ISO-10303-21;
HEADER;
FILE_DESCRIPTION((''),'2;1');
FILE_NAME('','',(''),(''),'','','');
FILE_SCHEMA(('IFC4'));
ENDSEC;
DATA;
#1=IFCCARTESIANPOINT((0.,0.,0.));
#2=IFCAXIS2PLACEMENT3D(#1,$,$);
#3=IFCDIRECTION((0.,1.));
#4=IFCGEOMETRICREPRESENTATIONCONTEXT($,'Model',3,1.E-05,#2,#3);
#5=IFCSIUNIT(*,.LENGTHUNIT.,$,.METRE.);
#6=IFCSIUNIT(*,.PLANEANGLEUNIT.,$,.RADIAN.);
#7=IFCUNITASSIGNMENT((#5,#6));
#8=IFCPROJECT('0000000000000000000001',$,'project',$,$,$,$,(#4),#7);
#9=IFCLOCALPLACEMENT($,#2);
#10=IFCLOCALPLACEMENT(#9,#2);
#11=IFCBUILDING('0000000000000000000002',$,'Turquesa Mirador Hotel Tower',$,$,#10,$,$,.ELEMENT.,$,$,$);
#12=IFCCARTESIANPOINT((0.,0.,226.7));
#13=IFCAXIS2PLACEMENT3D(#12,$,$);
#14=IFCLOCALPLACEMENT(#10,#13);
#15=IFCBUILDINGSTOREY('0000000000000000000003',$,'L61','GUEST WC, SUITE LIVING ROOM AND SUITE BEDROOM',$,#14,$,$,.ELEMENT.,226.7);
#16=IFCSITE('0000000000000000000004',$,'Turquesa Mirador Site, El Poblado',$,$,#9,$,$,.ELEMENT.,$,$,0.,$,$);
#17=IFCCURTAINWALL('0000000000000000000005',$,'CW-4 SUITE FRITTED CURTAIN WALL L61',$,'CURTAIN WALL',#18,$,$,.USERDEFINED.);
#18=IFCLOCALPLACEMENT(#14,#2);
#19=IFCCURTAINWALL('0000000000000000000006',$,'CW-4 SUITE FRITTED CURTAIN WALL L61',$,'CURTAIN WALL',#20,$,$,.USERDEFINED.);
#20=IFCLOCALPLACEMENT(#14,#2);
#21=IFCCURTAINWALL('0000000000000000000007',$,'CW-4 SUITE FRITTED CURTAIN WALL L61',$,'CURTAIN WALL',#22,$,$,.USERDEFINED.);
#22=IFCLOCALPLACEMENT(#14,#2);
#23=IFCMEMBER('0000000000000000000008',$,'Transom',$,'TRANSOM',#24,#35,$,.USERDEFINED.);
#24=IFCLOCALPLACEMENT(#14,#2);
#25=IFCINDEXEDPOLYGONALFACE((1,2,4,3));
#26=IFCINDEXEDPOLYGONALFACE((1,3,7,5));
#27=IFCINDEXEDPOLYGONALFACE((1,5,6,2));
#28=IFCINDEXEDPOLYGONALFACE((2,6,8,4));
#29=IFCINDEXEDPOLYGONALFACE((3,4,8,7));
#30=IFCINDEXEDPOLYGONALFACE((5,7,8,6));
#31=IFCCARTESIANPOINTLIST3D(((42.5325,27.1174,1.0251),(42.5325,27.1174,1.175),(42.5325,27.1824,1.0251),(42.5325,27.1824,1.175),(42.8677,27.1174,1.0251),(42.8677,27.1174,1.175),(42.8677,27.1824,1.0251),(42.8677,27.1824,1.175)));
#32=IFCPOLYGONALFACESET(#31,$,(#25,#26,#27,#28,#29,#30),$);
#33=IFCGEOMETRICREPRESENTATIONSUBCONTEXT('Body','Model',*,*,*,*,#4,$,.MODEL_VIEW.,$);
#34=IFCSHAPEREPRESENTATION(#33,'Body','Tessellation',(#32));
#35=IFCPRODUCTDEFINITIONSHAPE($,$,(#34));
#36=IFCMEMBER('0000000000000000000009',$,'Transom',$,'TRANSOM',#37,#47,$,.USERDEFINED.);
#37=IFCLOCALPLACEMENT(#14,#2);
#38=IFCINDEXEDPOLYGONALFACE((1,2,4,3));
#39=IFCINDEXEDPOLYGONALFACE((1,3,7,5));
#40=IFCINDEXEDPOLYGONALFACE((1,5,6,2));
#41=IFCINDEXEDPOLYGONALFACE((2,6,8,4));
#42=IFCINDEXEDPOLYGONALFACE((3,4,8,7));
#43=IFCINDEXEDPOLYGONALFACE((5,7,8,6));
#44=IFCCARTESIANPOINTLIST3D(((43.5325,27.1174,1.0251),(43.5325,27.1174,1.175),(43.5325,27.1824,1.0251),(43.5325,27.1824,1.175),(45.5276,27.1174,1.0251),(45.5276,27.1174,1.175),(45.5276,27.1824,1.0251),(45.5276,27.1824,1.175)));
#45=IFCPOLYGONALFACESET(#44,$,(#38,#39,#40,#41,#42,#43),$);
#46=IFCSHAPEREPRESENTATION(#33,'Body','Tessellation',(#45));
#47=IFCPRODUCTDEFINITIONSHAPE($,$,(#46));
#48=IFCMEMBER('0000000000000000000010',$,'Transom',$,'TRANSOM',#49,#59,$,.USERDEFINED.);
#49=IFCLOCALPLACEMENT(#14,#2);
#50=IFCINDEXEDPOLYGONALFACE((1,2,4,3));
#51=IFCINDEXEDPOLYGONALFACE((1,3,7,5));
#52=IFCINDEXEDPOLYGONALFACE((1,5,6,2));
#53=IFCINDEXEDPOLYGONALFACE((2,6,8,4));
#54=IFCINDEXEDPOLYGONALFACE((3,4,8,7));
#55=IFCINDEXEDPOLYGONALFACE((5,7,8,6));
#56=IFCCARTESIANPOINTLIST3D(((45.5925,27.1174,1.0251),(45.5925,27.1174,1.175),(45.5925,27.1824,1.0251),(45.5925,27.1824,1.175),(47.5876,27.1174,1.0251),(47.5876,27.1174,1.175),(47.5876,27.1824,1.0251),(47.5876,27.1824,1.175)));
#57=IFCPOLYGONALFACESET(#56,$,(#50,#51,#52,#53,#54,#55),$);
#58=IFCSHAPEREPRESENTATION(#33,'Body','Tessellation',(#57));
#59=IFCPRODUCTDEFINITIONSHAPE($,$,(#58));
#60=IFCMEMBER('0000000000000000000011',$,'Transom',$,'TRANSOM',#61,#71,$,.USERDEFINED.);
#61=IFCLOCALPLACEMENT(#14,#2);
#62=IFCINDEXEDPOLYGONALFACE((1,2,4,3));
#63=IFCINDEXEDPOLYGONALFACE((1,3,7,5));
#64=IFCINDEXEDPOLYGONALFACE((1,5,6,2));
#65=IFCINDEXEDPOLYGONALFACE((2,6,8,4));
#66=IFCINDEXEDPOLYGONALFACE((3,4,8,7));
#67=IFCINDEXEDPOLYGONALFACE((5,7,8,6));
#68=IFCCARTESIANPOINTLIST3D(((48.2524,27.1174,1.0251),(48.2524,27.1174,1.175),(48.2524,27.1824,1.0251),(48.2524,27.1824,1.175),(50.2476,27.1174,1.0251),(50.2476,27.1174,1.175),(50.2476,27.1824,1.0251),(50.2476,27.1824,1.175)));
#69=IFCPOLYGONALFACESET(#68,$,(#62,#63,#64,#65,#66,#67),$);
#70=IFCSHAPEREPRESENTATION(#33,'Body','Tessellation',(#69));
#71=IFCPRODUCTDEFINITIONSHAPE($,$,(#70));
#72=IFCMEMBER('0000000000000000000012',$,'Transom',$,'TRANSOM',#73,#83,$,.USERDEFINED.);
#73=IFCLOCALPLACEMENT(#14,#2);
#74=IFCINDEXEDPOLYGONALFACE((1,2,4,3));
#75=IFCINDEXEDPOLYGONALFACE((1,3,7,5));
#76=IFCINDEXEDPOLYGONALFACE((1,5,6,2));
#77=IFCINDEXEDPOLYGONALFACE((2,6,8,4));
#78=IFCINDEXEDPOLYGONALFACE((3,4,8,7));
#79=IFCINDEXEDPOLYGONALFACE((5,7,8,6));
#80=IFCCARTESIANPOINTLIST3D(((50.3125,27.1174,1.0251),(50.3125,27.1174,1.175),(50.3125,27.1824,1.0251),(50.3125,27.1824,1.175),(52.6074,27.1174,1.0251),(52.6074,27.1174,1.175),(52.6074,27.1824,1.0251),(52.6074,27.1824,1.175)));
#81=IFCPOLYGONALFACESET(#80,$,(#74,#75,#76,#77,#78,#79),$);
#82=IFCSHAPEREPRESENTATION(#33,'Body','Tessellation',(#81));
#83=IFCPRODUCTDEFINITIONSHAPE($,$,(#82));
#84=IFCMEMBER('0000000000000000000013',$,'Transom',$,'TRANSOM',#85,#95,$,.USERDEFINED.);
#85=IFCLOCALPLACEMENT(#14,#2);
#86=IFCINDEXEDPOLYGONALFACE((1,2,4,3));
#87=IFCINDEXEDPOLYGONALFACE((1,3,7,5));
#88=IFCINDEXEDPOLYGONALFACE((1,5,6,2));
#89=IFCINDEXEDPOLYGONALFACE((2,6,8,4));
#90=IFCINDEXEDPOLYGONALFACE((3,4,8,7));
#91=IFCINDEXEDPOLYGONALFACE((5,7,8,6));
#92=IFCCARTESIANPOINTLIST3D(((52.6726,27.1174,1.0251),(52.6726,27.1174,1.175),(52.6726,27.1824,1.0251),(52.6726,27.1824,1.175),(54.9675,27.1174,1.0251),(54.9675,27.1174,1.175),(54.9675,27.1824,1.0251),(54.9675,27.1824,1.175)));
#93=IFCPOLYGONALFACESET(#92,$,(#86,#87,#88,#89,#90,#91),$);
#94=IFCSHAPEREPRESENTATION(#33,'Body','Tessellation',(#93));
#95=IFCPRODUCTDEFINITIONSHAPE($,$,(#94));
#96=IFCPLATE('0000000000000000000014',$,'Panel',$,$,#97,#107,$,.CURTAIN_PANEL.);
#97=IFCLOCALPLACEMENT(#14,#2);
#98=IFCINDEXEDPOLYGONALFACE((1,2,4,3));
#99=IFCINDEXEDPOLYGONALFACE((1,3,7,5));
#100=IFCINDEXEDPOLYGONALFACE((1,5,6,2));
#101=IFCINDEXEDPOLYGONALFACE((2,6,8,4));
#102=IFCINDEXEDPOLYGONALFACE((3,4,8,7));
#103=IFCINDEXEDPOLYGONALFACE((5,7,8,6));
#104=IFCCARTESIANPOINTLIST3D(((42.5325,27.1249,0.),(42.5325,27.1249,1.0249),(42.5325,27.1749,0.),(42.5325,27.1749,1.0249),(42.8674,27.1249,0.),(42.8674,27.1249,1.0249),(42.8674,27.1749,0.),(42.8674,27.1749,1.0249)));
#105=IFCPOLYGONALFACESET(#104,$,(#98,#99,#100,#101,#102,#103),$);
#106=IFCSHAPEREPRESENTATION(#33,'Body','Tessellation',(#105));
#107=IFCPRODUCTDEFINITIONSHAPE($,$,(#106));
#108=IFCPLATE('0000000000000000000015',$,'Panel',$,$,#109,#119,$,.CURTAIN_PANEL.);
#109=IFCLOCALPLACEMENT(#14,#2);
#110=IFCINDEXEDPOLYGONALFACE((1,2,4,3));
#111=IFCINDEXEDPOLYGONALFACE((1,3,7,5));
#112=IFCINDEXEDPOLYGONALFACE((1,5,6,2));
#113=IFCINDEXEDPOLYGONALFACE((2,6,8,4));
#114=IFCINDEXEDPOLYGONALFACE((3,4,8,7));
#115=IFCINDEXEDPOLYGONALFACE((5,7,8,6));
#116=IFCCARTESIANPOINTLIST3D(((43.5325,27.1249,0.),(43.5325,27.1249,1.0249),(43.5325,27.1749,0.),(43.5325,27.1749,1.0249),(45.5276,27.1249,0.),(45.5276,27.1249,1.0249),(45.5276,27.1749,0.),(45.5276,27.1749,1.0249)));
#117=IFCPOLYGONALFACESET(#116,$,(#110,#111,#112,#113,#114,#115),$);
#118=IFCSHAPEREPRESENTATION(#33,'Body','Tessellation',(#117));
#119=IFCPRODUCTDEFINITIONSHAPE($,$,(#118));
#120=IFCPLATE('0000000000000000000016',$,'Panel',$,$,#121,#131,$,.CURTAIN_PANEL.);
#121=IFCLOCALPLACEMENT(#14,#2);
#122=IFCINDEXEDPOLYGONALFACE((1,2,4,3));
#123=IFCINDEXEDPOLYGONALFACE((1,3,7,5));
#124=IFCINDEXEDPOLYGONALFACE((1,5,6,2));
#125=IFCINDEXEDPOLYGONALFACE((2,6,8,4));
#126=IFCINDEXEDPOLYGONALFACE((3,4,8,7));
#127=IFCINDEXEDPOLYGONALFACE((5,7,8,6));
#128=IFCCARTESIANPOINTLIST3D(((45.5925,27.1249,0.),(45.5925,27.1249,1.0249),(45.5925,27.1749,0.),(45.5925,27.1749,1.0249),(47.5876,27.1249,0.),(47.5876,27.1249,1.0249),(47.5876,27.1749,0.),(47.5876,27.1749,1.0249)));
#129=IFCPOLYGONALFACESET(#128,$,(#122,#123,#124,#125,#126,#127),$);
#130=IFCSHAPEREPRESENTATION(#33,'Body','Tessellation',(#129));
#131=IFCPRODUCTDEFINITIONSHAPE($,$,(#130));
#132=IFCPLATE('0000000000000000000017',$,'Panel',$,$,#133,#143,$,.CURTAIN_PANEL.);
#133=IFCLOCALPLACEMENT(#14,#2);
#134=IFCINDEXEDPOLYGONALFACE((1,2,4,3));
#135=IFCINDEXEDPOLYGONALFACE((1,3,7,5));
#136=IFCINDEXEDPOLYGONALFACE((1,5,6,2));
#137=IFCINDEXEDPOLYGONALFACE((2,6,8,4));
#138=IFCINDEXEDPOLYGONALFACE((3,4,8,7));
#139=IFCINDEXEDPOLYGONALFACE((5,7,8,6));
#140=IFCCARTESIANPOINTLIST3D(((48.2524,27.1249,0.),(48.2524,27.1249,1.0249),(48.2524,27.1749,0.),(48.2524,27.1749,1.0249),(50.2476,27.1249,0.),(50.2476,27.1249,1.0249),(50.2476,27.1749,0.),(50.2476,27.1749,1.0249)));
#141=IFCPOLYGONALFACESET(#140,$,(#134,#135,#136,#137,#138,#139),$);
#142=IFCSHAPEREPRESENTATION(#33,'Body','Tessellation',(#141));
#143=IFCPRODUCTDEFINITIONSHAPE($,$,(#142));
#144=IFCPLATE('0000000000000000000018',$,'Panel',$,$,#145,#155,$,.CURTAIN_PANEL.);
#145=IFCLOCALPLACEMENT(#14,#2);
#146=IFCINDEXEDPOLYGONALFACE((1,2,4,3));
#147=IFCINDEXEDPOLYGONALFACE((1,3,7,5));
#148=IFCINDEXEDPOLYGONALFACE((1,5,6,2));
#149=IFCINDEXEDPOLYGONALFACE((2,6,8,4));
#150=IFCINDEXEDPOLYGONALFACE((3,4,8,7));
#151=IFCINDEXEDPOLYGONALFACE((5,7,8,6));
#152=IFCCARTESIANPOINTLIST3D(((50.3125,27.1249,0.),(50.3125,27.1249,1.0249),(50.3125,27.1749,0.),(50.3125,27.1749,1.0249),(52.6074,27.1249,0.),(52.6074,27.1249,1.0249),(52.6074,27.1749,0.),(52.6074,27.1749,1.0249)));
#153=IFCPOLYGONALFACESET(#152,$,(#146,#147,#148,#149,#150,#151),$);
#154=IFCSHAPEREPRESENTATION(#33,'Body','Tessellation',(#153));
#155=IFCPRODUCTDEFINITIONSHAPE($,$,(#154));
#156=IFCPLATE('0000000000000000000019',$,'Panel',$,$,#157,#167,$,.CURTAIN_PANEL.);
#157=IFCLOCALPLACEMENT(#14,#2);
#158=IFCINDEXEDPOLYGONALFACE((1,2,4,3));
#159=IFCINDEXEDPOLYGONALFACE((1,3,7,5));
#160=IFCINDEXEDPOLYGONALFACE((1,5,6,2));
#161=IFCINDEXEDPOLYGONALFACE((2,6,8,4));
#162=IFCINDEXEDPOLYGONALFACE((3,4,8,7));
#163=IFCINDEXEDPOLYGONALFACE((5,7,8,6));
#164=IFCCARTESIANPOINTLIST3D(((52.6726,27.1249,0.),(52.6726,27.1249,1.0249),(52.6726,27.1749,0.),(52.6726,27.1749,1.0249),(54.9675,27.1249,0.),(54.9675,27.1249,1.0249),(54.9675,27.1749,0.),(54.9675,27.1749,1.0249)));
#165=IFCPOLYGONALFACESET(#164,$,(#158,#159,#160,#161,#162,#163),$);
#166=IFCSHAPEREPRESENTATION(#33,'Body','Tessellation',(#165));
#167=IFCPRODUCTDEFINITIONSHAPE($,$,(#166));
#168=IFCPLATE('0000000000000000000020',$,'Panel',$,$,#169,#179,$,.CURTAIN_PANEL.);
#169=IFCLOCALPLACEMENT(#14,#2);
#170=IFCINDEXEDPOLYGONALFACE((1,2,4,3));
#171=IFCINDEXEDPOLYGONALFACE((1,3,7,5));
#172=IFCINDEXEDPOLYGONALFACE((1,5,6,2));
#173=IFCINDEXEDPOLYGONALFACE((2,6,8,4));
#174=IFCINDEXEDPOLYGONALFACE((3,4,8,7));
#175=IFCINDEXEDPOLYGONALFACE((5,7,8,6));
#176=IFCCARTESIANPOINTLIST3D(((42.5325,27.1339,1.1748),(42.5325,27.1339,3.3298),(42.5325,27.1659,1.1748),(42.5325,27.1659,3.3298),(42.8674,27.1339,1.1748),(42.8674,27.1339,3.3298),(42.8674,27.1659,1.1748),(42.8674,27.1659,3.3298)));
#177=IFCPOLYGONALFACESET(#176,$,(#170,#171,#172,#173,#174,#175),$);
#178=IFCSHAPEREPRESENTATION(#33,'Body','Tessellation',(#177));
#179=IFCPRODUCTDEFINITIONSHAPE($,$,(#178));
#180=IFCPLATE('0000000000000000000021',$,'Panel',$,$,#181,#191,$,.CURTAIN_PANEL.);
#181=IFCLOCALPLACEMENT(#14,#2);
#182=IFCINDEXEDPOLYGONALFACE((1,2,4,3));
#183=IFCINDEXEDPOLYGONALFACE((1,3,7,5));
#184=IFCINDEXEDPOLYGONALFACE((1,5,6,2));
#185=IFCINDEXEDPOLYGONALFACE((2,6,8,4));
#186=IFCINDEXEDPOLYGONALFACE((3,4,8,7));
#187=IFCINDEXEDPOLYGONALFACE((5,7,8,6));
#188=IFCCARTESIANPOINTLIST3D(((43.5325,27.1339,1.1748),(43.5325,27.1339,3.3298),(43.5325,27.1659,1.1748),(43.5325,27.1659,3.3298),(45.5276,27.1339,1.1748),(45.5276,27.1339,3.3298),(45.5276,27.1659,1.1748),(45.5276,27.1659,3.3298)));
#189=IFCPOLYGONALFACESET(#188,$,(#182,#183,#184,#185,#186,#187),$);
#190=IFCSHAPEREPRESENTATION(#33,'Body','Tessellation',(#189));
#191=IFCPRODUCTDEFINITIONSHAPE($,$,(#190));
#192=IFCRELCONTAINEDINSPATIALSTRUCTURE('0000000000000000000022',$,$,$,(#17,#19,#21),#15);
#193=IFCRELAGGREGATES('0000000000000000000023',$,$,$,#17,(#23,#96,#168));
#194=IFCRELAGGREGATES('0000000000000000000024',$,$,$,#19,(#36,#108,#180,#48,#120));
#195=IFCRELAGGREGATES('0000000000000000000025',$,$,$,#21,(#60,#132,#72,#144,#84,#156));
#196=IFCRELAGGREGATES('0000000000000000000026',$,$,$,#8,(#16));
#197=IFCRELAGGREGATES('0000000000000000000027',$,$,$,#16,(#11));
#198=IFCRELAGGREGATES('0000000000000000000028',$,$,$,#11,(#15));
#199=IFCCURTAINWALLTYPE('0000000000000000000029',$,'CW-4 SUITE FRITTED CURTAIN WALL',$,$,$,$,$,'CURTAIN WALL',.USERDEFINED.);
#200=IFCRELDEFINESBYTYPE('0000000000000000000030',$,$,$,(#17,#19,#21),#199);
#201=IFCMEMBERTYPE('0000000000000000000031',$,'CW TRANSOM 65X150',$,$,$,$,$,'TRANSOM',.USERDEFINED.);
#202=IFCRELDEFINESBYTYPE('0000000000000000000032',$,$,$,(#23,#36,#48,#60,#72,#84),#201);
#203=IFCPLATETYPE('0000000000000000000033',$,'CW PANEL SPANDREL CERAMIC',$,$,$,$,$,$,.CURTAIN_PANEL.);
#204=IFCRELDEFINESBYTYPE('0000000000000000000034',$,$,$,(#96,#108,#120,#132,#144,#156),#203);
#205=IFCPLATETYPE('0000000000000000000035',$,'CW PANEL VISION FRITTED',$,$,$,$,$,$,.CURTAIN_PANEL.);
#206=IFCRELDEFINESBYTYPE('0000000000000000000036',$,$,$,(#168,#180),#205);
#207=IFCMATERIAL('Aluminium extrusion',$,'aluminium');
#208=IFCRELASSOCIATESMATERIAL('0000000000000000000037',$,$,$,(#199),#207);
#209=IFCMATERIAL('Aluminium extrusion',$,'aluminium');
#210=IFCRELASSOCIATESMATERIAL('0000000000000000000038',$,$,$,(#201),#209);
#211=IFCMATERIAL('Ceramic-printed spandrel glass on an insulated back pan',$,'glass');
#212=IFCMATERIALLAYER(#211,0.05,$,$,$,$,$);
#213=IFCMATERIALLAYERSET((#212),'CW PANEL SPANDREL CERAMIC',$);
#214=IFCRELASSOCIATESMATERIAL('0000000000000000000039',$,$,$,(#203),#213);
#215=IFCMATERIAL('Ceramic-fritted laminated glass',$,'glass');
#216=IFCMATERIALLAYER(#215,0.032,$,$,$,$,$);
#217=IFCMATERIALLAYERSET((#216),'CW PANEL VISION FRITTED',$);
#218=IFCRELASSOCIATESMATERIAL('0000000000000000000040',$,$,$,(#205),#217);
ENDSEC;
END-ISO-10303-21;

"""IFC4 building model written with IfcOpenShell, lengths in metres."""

from ifc_helpers import new_model, si_unit, direction, frame, origin, origin_2d, place, context, subcontext, project, spatial, rectangle, extrude, material, layer, layer_set, material_profile, profile_set, type_object, element, aggregate, save


model = new_model("IFC4")

# Units and contexts
model_context = context("Model", 3, precision=1e-05, world=origin(), true_north=direction((0.0, 1.0)))
body_context = subcontext(model_context, "Body", "Model", "MODEL_VIEW")
ifc_project = project(units=[si_unit("LENGTHUNIT", "METRE"), si_unit("PLANEANGLEUNIT", "RADIAN")], contexts=[model_context])

# Site, building, storey
site_placement = place(None, origin())
site = spatial("IfcSite", under=ifc_project, at=site_placement, Name="Turquesa Mirador Site, El Poblado", CompositionType="ELEMENT", RefElevation=0.0)
building_placement = place(site_placement, origin())
building = spatial("IfcBuilding", under=site, at=building_placement, Name="Turquesa Mirador Hotel Tower", CompositionType="ELEMENT")
storey_placement = place(building_placement, frame((0.0, 0.0, 226.7)))
storey = spatial("IfcBuildingStorey", under=building, at=storey_placement, Name="L61", Description="GUEST WC, SUITE LIVING ROOM AND SUITE BEDROOM", CompositionType="ELEMENT", Elevation=226.7)

# Curtain walls
ifc_material_1 = material(Name="Aluminium extrusion", Category="aluminium")
curtain_wall_type = type_object("IfcCurtainWallType", Name="CW-4 SUITE FRITTED CURTAIN WALL", ElementType="CURTAIN WALL", PredefinedType="USERDEFINED", material=ifc_material_1)
curtain_wall_1_placement = place(storey_placement, origin())
curtain_wall_1 = element("IfcCurtainWall", 1, at=curtain_wall_1_placement, inside=storey, type_object=curtain_wall_type, Name="CW-4 SUITE FRITTED CURTAIN WALL L61", ObjectType="CURTAIN WALL", PredefinedType="USERDEFINED")
curtain_wall_2_placement = place(storey_placement, origin())
curtain_wall_2 = element("IfcCurtainWall", 2, at=curtain_wall_2_placement, inside=storey, type_object=curtain_wall_type, Name="CW-4 SUITE FRITTED CURTAIN WALL L61", ObjectType="CURTAIN WALL", PredefinedType="USERDEFINED")
curtain_wall_3_placement = place(storey_placement, origin())
curtain_wall_3 = element("IfcCurtainWall", 3, at=curtain_wall_3_placement, inside=storey, type_object=curtain_wall_type, Name="CW-4 SUITE FRITTED CURTAIN WALL L61", ObjectType="CURTAIN WALL", PredefinedType="USERDEFINED")

# Members
ifc_material_2 = material(Name="Aluminium extrusion", Category="aluminium")
ifc_material_profile_1 = material_profile(ifc_material_2, rectangle(XDim=0.0649, YDim=0.1499, at=origin_2d()), Name="TRANSOM 65X150")
ifc_profile_set_1 = profile_set([ifc_material_profile_1], Name="Aluminium extrusion")
member_type_1 = type_object("IfcMemberType", Name="CW TRANSOM 65X150", ElementType="TRANSOM", PredefinedType="USERDEFINED", material=ifc_profile_set_1)
member_1_placement = place(storey_placement, frame((42.5325, 27.1499, 1.1001), z_axis=(1.0, 0.0, 0.0), x_axis=(0.0, 1.0, 0.0)))
member_1 = element("IfcMember", 4, at=member_1_placement, type_object=member_type_1, Name="Transom", ObjectType="TRANSOM", PredefinedType="USERDEFINED", context=body_context, shape_type="SweptSolid", body=[
    extrude(rectangle(XDim=0.0649, YDim=0.1499, at=origin_2d()), origin(), (0.0, 0.0, 1.0), 0.3352),
])
member_2_placement = place(storey_placement, frame((43.5325, 27.1499, 1.1001), z_axis=(1.0, 0.0, 0.0), x_axis=(0.0, 1.0, 0.0)))
member_2 = element("IfcMember", 5, at=member_2_placement, type_object=member_type_1, Name="Transom", ObjectType="TRANSOM", PredefinedType="USERDEFINED", context=body_context, shape_type="SweptSolid", body=[
    extrude(rectangle(XDim=0.0649, YDim=0.1499, at=origin_2d()), origin(), (0.0, 0.0, 1.0), 1.9951),
])
member_3_placement = place(storey_placement, frame((45.5925, 27.1499, 1.1001), z_axis=(1.0, 0.0, 0.0), x_axis=(0.0, 1.0, 0.0)))
member_3 = element("IfcMember", 6, at=member_3_placement, type_object=member_type_1, Name="Transom", ObjectType="TRANSOM", PredefinedType="USERDEFINED", context=body_context, shape_type="SweptSolid", body=[
    extrude(rectangle(XDim=0.0649, YDim=0.1499, at=origin_2d()), origin(), (0.0, 0.0, 1.0), 1.9951),
])
member_4_placement = place(storey_placement, frame((48.2524, 27.1499, 1.1001), z_axis=(1.0, 0.0, 0.0), x_axis=(0.0, 1.0, 0.0)))
member_4 = element("IfcMember", 7, at=member_4_placement, type_object=member_type_1, Name="Transom", ObjectType="TRANSOM", PredefinedType="USERDEFINED", context=body_context, shape_type="SweptSolid", body=[
    extrude(rectangle(XDim=0.0649, YDim=0.1499, at=origin_2d()), origin(), (0.0, 0.0, 1.0), 1.9951),
])
member_5_placement = place(storey_placement, frame((50.3125, 27.1499, 1.1001), z_axis=(1.0, 0.0, 0.0), x_axis=(0.0, 1.0, 0.0)))
member_5 = element("IfcMember", 8, at=member_5_placement, type_object=member_type_1, Name="Transom", ObjectType="TRANSOM", PredefinedType="USERDEFINED", context=body_context, shape_type="SweptSolid", body=[
    extrude(rectangle(XDim=0.0649, YDim=0.1499, at=origin_2d()), origin(), (0.0, 0.0, 1.0), 2.2949),
])
member_6_placement = place(storey_placement, frame((52.6726, 27.1499, 1.1001), z_axis=(1.0, 0.0, 0.0), x_axis=(0.0, 1.0, 0.0)))
member_6 = element("IfcMember", 9, at=member_6_placement, type_object=member_type_1, Name="Transom", ObjectType="TRANSOM", PredefinedType="USERDEFINED", context=body_context, shape_type="SweptSolid", body=[
    extrude(rectangle(XDim=0.0649, YDim=0.1499, at=origin_2d()), origin(), (0.0, 0.0, 1.0), 2.2949),
])

# Plates
ifc_material_3 = material(Name="Ceramic-printed spandrel glass on an insulated back pan", Category="glass")
ifc_layer_1 = layer(ifc_material_3, 0.05)
ifc_layer_set_1 = layer_set([ifc_layer_1], Name="CW PANEL SPANDREL CERAMIC")
plate_type_1 = type_object("IfcPlateType", Name="CW PANEL SPANDREL CERAMIC", PredefinedType="CURTAIN_PANEL", material=ifc_layer_set_1)
plate_1_placement = place(storey_placement, frame((42.7, 27.1499, 0.0), z_axis=(0.0, 0.0, 1.0), x_axis=(1.0, 0.0, 0.0)))
plate_1 = element("IfcPlate", 10, at=plate_1_placement, type_object=plate_type_1, Name="Panel", PredefinedType="CURTAIN_PANEL", context=body_context, shape_type="SweptSolid", body=[
    extrude(rectangle(XDim=0.335, YDim=0.05, at=origin_2d()), origin(), (0.0, 0.0, 1.0), 1.0249),
])
plate_2_placement = place(storey_placement, frame((44.53, 27.1499, 0.0), z_axis=(0.0, 0.0, 1.0), x_axis=(1.0, 0.0, 0.0)))
plate_2 = element("IfcPlate", 11, at=plate_2_placement, type_object=plate_type_1, Name="Panel", PredefinedType="CURTAIN_PANEL", context=body_context, shape_type="SweptSolid", body=[
    extrude(rectangle(XDim=1.9951, YDim=0.05, at=origin_2d()), origin(), (0.0, 0.0, 1.0), 1.0249),
])
plate_3_placement = place(storey_placement, frame((46.5901, 27.1499, 0.0), z_axis=(0.0, 0.0, 1.0), x_axis=(1.0, 0.0, 0.0)))
plate_3 = element("IfcPlate", 12, at=plate_3_placement, type_object=plate_type_1, Name="Panel", PredefinedType="CURTAIN_PANEL", context=body_context, shape_type="SweptSolid", body=[
    extrude(rectangle(XDim=1.9951, YDim=0.05, at=origin_2d()), origin(), (0.0, 0.0, 1.0), 1.0249),
])
plate_4_placement = place(storey_placement, frame((49.25, 27.1499, 0.0), z_axis=(0.0, 0.0, 1.0), x_axis=(1.0, 0.0, 0.0)))
plate_4 = element("IfcPlate", 13, at=plate_4_placement, type_object=plate_type_1, Name="Panel", PredefinedType="CURTAIN_PANEL", context=body_context, shape_type="SweptSolid", body=[
    extrude(rectangle(XDim=1.9951, YDim=0.05, at=origin_2d()), origin(), (0.0, 0.0, 1.0), 1.0249),
])
plate_5_placement = place(storey_placement, frame((51.46, 27.1499, 0.0), z_axis=(0.0, 0.0, 1.0), x_axis=(1.0, 0.0, 0.0)))
plate_5 = element("IfcPlate", 14, at=plate_5_placement, type_object=plate_type_1, Name="Panel", PredefinedType="CURTAIN_PANEL", context=body_context, shape_type="SweptSolid", body=[
    extrude(rectangle(XDim=2.2949, YDim=0.05, at=origin_2d()), origin(), (0.0, 0.0, 1.0), 1.0249),
])
plate_6_placement = place(storey_placement, frame((53.8201, 27.1499, 0.0), z_axis=(0.0, 0.0, 1.0), x_axis=(1.0, 0.0, 0.0)))
plate_6 = element("IfcPlate", 15, at=plate_6_placement, type_object=plate_type_1, Name="Panel", PredefinedType="CURTAIN_PANEL", context=body_context, shape_type="SweptSolid", body=[
    extrude(rectangle(XDim=2.2949, YDim=0.05, at=origin_2d()), origin(), (0.0, 0.0, 1.0), 1.0249),
])
ifc_material_4 = material(Name="Ceramic-fritted laminated glass", Category="glass")
ifc_layer_2 = layer(ifc_material_4, 0.032)
ifc_layer_set_2 = layer_set([ifc_layer_2], Name="CW PANEL VISION FRITTED")
plate_type_2 = type_object("IfcPlateType", Name="CW PANEL VISION FRITTED", PredefinedType="CURTAIN_PANEL", material=ifc_layer_set_2)
plate_7_placement = place(storey_placement, frame((42.7, 27.1499, 1.1748), z_axis=(0.0, 0.0, 1.0), x_axis=(1.0, 0.0, 0.0)))
plate_7 = element("IfcPlate", 16, at=plate_7_placement, type_object=plate_type_2, Name="Panel", PredefinedType="CURTAIN_PANEL", context=body_context, shape_type="SweptSolid", body=[
    extrude(rectangle(XDim=0.335, YDim=0.032, at=origin_2d()), origin(), (0.0, 0.0, 1.0), 2.155),
])
aggregate(curtain_wall_1, [member_1, plate_1, plate_7])
plate_8_placement = place(storey_placement, frame((44.53, 27.1499, 1.1748), z_axis=(0.0, 0.0, 1.0), x_axis=(1.0, 0.0, 0.0)))
plate_8 = element("IfcPlate", 17, at=plate_8_placement, type_object=plate_type_2, Name="Panel", PredefinedType="CURTAIN_PANEL", context=body_context, shape_type="SweptSolid", body=[
    extrude(rectangle(XDim=1.9951, YDim=0.032, at=origin_2d()), origin(), (0.0, 0.0, 1.0), 2.155),
])
aggregate(curtain_wall_2, [member_2, plate_2, plate_8, member_3, plate_3])
aggregate(curtain_wall_3, [member_4, plate_4, member_5, plate_5, member_6, plate_6])

save(model, "model.ifc")
